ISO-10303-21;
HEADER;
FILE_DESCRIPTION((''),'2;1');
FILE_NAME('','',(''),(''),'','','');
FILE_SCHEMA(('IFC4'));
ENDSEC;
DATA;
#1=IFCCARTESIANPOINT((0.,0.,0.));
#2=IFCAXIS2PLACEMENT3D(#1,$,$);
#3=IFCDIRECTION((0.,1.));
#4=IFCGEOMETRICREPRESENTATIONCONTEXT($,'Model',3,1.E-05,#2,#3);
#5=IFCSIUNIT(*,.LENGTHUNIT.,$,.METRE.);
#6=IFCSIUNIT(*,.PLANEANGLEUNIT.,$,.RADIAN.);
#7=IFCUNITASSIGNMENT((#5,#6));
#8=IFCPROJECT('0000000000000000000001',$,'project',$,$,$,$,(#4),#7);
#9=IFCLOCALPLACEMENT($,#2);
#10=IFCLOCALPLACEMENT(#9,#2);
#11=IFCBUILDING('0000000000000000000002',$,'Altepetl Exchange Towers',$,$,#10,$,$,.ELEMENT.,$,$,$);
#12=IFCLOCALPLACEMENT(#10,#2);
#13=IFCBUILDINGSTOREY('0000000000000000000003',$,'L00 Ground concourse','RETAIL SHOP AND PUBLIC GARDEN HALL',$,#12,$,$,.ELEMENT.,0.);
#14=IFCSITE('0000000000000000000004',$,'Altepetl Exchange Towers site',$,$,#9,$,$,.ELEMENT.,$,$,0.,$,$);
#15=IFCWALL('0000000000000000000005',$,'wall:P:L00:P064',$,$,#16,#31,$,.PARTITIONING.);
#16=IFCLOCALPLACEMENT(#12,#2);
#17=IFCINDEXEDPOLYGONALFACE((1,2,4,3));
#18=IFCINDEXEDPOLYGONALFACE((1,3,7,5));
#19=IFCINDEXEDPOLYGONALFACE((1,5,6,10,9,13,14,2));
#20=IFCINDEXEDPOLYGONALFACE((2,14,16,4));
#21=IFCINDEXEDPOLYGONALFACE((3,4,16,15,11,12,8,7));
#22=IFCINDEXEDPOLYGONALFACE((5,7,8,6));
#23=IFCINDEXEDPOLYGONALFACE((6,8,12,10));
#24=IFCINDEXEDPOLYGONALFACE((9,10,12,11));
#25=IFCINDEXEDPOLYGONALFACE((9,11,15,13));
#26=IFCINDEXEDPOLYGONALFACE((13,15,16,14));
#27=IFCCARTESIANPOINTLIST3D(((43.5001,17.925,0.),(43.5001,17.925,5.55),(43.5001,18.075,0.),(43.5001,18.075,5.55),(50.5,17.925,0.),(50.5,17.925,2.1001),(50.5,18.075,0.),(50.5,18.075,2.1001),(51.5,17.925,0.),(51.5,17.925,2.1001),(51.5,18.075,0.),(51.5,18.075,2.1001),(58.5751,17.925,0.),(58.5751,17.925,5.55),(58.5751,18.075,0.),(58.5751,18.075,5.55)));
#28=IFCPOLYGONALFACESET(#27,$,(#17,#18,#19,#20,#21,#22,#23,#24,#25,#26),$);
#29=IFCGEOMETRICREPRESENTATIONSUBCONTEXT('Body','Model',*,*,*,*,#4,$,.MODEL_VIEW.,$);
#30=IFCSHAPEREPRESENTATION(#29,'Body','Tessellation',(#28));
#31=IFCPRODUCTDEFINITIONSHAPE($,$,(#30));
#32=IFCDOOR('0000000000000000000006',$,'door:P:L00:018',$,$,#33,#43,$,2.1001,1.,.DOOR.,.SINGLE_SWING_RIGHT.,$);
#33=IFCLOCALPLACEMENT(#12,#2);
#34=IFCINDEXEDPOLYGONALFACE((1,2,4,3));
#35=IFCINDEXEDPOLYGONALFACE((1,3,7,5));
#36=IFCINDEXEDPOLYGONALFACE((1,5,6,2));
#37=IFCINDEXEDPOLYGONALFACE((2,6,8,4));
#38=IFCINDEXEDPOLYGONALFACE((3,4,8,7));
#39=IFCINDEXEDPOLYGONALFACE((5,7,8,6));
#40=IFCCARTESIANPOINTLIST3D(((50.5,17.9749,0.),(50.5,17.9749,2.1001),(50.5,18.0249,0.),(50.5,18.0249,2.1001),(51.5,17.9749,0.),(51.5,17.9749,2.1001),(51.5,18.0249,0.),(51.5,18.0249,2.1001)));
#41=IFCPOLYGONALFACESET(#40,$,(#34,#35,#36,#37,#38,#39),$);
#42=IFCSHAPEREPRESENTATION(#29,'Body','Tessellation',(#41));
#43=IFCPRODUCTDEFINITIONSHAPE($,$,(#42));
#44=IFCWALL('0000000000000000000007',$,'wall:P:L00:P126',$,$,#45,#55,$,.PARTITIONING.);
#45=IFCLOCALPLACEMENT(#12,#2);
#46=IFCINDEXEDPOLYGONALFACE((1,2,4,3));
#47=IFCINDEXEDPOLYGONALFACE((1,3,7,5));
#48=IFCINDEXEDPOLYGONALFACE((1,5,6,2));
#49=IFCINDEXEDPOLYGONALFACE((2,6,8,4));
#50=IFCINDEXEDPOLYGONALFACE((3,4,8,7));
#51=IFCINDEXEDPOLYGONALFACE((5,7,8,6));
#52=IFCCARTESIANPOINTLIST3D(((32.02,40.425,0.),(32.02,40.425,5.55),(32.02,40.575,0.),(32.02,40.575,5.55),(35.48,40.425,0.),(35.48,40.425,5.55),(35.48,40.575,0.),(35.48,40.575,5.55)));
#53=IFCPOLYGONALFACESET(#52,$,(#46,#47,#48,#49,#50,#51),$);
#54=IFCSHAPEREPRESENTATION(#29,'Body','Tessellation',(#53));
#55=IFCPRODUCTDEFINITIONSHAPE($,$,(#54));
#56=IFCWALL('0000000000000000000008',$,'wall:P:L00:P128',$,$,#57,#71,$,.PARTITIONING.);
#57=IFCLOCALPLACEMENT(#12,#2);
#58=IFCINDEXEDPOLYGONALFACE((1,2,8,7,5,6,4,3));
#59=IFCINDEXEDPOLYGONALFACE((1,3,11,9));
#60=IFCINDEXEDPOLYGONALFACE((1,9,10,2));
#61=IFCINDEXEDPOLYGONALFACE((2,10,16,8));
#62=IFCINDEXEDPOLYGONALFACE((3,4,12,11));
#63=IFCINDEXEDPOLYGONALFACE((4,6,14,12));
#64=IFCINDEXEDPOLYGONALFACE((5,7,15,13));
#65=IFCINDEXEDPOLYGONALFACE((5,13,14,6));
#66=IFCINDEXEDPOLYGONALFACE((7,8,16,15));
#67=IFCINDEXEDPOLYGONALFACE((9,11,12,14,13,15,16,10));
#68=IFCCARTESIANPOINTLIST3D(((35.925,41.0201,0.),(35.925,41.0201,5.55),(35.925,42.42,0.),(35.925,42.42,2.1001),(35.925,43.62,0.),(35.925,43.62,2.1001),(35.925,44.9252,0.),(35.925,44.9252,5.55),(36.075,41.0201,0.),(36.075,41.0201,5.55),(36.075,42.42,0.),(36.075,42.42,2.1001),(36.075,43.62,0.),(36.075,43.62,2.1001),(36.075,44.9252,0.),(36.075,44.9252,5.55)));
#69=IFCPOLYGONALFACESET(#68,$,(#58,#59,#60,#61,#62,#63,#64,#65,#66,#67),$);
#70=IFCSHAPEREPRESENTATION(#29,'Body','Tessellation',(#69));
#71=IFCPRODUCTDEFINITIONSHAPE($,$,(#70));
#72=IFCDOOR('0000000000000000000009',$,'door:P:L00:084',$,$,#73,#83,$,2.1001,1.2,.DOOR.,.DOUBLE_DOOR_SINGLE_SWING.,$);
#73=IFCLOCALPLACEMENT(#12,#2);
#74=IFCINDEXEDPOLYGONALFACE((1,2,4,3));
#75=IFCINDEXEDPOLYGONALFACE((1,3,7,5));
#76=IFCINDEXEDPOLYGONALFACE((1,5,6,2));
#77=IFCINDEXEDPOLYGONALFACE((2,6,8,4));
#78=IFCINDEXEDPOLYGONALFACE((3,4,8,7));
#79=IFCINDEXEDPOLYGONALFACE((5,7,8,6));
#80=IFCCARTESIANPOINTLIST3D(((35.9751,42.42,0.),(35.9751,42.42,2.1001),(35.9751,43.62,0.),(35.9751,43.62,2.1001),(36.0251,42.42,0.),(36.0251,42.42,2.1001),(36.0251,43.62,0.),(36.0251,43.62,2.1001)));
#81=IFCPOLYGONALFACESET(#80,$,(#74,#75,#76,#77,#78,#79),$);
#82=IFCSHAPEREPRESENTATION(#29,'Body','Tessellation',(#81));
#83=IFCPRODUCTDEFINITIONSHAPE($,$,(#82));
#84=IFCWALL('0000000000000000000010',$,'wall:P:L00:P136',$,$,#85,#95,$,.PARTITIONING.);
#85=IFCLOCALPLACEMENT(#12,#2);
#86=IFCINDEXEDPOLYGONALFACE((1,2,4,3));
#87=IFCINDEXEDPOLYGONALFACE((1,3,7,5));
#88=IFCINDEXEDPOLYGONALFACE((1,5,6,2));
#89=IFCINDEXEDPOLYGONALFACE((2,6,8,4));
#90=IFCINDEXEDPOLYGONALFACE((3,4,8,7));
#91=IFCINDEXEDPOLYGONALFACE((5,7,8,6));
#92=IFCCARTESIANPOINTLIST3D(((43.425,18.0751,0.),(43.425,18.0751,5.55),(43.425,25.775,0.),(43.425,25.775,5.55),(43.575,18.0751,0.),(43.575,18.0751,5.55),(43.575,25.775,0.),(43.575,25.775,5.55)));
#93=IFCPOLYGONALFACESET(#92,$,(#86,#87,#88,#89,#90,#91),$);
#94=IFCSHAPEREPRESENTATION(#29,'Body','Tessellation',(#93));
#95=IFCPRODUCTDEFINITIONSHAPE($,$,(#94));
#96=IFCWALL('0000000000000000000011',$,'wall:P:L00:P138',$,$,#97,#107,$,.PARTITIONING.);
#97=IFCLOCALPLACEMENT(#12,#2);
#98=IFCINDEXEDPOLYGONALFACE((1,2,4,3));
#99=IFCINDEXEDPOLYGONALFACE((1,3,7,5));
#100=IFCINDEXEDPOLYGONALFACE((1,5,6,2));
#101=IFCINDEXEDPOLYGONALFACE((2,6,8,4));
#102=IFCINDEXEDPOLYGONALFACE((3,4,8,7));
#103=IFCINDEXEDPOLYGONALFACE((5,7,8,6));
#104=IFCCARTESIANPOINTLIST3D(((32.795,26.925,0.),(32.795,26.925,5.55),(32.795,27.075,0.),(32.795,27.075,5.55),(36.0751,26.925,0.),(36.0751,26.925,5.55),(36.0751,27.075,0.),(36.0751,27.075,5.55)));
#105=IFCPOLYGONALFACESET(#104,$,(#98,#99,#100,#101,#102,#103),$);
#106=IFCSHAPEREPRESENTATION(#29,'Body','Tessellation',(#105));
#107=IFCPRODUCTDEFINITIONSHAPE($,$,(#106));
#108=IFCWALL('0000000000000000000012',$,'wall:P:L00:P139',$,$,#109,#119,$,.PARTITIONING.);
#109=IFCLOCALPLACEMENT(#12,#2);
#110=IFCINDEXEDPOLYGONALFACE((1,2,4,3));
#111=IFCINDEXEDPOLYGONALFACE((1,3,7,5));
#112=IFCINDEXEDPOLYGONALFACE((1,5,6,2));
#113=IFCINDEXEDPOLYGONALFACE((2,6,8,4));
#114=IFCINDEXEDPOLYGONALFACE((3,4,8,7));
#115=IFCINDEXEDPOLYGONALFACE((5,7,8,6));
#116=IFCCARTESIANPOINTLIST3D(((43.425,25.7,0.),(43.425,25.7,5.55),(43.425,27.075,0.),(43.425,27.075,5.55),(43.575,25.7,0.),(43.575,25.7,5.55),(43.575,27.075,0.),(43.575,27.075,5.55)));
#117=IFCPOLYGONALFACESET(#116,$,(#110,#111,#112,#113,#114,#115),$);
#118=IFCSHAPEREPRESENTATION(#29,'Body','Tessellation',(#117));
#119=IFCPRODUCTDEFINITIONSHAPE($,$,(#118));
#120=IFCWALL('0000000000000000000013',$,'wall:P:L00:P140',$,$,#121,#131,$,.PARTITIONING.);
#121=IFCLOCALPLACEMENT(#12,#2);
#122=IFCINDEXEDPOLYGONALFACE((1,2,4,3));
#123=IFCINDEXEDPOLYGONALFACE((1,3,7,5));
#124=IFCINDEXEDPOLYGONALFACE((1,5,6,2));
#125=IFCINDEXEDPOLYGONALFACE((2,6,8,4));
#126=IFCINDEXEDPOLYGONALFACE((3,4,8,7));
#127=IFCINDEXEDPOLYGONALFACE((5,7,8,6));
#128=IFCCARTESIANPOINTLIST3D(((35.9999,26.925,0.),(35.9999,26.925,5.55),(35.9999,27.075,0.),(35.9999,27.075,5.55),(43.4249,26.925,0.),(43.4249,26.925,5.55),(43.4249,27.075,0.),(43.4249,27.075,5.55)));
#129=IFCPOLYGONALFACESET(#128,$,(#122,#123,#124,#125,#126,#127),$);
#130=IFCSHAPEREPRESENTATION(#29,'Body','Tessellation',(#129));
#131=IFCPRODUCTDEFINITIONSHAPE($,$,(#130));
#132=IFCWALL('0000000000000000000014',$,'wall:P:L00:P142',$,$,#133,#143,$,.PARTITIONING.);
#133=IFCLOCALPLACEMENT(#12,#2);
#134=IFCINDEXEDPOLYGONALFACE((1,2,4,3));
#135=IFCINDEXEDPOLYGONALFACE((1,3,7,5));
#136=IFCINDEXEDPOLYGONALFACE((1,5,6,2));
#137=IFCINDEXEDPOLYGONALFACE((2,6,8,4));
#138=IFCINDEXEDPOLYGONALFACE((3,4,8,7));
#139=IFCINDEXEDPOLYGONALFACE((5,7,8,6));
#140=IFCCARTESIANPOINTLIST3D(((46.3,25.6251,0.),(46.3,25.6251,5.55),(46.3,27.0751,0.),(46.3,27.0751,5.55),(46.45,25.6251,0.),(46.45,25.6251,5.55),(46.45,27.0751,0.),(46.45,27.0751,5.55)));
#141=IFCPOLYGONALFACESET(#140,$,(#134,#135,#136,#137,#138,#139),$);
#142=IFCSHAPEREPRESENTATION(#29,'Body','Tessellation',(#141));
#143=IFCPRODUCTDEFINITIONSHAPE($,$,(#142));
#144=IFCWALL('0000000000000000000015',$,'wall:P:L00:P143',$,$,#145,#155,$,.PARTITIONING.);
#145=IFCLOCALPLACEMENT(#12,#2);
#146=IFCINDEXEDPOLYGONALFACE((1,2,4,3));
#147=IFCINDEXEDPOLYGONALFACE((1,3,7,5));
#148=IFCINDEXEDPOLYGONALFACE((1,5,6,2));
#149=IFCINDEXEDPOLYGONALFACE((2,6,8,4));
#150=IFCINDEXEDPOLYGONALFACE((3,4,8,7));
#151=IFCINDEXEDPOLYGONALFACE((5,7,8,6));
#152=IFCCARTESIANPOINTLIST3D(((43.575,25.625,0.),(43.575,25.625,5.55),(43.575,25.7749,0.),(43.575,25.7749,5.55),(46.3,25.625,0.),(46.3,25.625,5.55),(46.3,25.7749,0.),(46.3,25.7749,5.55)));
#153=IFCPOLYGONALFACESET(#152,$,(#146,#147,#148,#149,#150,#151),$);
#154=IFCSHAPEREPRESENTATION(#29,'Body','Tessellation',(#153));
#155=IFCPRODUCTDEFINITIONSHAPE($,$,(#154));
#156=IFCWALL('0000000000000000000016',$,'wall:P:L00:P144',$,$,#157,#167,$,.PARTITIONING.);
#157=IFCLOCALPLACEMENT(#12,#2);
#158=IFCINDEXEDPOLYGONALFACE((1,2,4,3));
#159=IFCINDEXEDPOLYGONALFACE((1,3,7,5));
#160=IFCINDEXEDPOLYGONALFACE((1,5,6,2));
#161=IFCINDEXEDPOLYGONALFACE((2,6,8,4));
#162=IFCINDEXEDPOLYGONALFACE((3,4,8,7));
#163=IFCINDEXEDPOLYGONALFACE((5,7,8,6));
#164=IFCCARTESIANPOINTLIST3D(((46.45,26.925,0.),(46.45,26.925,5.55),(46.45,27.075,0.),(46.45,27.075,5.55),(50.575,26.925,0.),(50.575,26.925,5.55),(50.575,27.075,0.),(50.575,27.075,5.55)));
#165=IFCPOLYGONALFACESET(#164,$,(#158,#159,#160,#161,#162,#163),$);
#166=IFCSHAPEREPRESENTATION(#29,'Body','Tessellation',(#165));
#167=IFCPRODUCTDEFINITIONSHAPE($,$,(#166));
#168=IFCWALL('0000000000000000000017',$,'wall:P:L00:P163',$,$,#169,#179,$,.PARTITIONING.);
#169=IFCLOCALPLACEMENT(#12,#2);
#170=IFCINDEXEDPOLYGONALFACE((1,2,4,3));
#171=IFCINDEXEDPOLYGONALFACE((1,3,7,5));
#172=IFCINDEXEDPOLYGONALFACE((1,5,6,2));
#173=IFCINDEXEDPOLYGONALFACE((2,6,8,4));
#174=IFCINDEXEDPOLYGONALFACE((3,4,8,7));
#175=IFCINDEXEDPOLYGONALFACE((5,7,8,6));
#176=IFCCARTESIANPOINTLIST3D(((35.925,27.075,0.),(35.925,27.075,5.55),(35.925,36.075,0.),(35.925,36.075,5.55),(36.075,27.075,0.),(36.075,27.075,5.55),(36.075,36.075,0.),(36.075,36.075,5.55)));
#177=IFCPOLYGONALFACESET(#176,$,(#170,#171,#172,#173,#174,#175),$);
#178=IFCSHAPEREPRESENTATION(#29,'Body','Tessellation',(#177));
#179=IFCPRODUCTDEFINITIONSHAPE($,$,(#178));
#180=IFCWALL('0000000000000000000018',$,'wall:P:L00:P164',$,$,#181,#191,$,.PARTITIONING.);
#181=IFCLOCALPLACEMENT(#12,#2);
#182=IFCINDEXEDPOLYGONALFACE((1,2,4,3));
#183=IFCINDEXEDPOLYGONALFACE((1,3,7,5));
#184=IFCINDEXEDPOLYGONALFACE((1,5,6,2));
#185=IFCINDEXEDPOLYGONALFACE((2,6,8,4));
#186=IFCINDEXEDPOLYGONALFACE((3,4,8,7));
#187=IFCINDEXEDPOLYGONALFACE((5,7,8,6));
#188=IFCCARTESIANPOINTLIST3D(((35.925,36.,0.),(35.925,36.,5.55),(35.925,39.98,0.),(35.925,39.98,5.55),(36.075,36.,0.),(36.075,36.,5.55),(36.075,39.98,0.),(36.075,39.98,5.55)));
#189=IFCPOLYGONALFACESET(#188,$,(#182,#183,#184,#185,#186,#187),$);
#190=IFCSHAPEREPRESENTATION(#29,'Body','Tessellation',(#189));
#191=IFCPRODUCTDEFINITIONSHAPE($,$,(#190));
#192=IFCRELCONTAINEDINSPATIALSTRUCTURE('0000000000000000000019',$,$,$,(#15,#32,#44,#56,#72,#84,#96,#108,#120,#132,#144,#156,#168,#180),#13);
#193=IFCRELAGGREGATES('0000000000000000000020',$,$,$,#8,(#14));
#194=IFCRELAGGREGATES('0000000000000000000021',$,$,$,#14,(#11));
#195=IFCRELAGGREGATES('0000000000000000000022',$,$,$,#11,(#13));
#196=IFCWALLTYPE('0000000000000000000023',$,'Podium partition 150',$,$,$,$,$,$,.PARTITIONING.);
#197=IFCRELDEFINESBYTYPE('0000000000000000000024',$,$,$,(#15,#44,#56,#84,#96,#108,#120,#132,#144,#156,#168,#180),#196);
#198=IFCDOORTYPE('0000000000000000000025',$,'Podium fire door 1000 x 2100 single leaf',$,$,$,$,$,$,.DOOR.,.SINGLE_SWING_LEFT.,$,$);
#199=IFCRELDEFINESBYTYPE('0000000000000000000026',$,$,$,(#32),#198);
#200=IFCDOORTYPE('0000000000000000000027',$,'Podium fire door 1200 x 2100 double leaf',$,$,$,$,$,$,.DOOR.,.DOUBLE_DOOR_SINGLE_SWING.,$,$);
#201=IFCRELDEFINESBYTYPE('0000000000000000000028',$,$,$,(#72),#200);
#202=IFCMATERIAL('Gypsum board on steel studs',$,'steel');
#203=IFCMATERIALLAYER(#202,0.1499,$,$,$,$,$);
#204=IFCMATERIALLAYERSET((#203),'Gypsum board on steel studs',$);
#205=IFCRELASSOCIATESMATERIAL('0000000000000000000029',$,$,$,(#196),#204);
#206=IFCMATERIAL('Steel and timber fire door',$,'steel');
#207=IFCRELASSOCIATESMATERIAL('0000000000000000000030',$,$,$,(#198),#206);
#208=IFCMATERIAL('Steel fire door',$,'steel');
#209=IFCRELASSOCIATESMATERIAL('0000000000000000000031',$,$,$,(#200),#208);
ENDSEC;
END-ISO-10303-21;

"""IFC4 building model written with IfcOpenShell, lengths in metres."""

from ifc_helpers import new_model, si_unit, direction, frame, frame_2d, origin, place, context, subcontext, project, spatial, rectangle, extrude, material, layer, layer_set, type_object, element, fill, save


model = new_model("IFC4")

# Units and contexts
model_context = context("Model", 3, precision=1e-05, world=origin(), true_north=direction((0.0, 1.0)))
body_context = subcontext(model_context, "Body", "Model", "MODEL_VIEW")
ifc_project = project(units=[si_unit("LENGTHUNIT", "METRE"), si_unit("PLANEANGLEUNIT", "RADIAN")], contexts=[model_context])

# Site, building, storey
site_placement = place(None, origin())
site = spatial("IfcSite", under=ifc_project, at=site_placement, Name="Altepetl Exchange Towers site", CompositionType="ELEMENT", RefElevation=0.0)
building_placement = place(site_placement, origin())
building = spatial("IfcBuilding", under=site, at=building_placement, Name="Altepetl Exchange Towers", CompositionType="ELEMENT")
storey_placement = place(building_placement, origin())
storey = spatial("IfcBuildingStorey", under=building, at=storey_placement, Name="L00 Ground concourse", Description="RETAIL SHOP AND PUBLIC GARDEN HALL", CompositionType="ELEMENT", Elevation=0.0)

# Shared definitions
ifc_material_1 = material(Name="Steel and timber fire door", Category="steel")

# Wall, opening, door
ifc_material_2 = material(Name="Gypsum board on steel studs", Category="steel")
ifc_layer_1 = layer(ifc_material_2, 0.1499)
ifc_layer_set_1 = layer_set([ifc_layer_1], Name="Gypsum board on steel studs")
wall_type_1 = type_object("IfcWallType", Name="Podium partition 150", PredefinedType="PARTITIONING", material=ifc_layer_set_1)
wall_1_placement = place(storey_placement, frame((43.5, 18.0, 0.0)))
wall_1 = element("IfcWall", 1, at=wall_1_placement, inside=storey, type_object=wall_type_1, Name="wall:P:L00:P064", PredefinedType="PARTITIONING", context=body_context, shape_type="SweptSolid", body=[
    extrude(rectangle(XDim=15.075, YDim=0.1499, at=frame_2d((7.5376, 0.0))), origin(), (0.0, 0.0, 1.0), 5.55),
])
opening_1_placement = place(wall_1_placement, frame((7.0, 0.0, 0.0)))
opening_1 = element("IfcOpeningElement", 2, at=opening_1_placement, cuts=wall_1, PredefinedType="OPENING", context=body_context, shape_type="SweptSolid", body=[
    extrude(rectangle(XDim=1.0, YDim=2.1001, at=frame_2d((0.5, 1.05))), frame((0.0, 0.085, 0.0), z_axis=(0.0, -1.0, 0.0), x_axis=(1.0, 0.0, 0.0)), (0.0, 0.0, 1.0), 0.1699),
])
door_type_1 = type_object("IfcDoorType", Name="Podium fire door 1000 x 2100 single leaf", OperationType="SINGLE_SWING_LEFT", PredefinedType="DOOR", material=ifc_material_1)
door_1_placement = place(opening_1_placement, origin())
door_1 = element("IfcDoor", 3, at=door_1_placement, inside=storey, type_object=door_type_1, Name="door:P:L00:018", OperationType="SINGLE_SWING_RIGHT", OverallHeight=2.1001, OverallWidth=1.0, PredefinedType="DOOR", context=body_context, shape_type="SweptSolid", body=[
    extrude(rectangle(XDim=1.0, YDim=2.1001, at=frame_2d((0.5, 1.05))), frame((0.0, 0.0249, 0.0), z_axis=(0.0, -1.0, 0.0), x_axis=(1.0, 0.0, 0.0)), (0.0, 0.0, 1.0), 0.05),
])
fill(opening_1, door_1)

# Wall
wall_2_placement = place(storey_placement, frame((32.02, 40.5, 0.0)))
element("IfcWall", 4, at=wall_2_placement, inside=storey, type_object=wall_type_1, Name="wall:P:L00:P126", PredefinedType="PARTITIONING", context=body_context, shape_type="SweptSolid", body=[
    extrude(rectangle(XDim=3.46, YDim=0.1499, at=frame_2d((1.73, 0.0))), origin(), (0.0, 0.0, 1.0), 5.55),
])

# Wall, opening, door
wall_3_placement = place(storey_placement, frame((36.0, 41.02, 0.0), z_axis=(0.0, 0.0, 1.0), x_axis=(0.0, 1.0, 0.0)))
wall_3 = element("IfcWall", 5, at=wall_3_placement, inside=storey, type_object=wall_type_1, Name="wall:P:L00:P128", PredefinedType="PARTITIONING", context=body_context, shape_type="SweptSolid", body=[
    extrude(rectangle(XDim=3.905, YDim=0.1499, at=frame_2d((1.9526, 0.0))), origin(), (0.0, 0.0, 1.0), 5.55),
])
opening_2_placement = place(wall_3_placement, frame((1.3999, 0.0, 0.0)))
opening_2 = element("IfcOpeningElement", 6, at=opening_2_placement, cuts=wall_3, PredefinedType="OPENING", context=body_context, shape_type="SweptSolid", body=[
    extrude(rectangle(XDim=1.2, YDim=2.1001, at=frame_2d((0.6001, 1.05))), frame((0.0, 0.085, 0.0), z_axis=(0.0, -1.0, 0.0), x_axis=(1.0, 0.0, 0.0)), (0.0, 0.0, 1.0), 0.1699),
])
ifc_material_3 = material(Name="Steel fire door", Category="steel")
door_type_2 = type_object("IfcDoorType", Name="Podium fire door 1200 x 2100 double leaf", OperationType="DOUBLE_DOOR_SINGLE_SWING", PredefinedType="DOOR", material=ifc_material_3)
door_2_placement = place(opening_2_placement, origin())
door_2 = element("IfcDoor", 7, at=door_2_placement, inside=storey, type_object=door_type_2, Name="door:P:L00:084", OperationType="DOUBLE_DOOR_SINGLE_SWING", OverallHeight=2.1001, OverallWidth=1.2, PredefinedType="DOOR", context=body_context, shape_type="SweptSolid", body=[
    extrude(rectangle(XDim=1.2, YDim=2.1001, at=frame_2d((0.6001, 1.05))), frame((0.0, 0.0249, 0.0), z_axis=(0.0, -1.0, 0.0), x_axis=(1.0, 0.0, 0.0)), (0.0, 0.0, 1.0), 0.05),
])
fill(opening_2, door_2)

# Walls
wall_4_placement = place(storey_placement, frame((43.5, 18.075, 0.0), z_axis=(0.0, 0.0, 1.0), x_axis=(0.0, 1.0, 0.0)))
element("IfcWall", 8, at=wall_4_placement, inside=storey, type_object=wall_type_1, Name="wall:P:L00:P136", PredefinedType="PARTITIONING", context=body_context, shape_type="SweptSolid", body=[
    extrude(rectangle(XDim=7.7, YDim=0.1499, at=frame_2d((3.8501, 0.0))), origin(), (0.0, 0.0, 1.0), 5.55),
])
wall_5_placement = place(storey_placement, frame((32.7949, 27.0, 0.0)))
element("IfcWall", 9, at=wall_5_placement, inside=storey, type_object=wall_type_1, Name="wall:P:L00:P138", PredefinedType="PARTITIONING", context=body_context, shape_type="SweptSolid", body=[
    extrude(rectangle(XDim=3.28, YDim=0.1499, at=frame_2d((1.6401, 0.0))), origin(), (0.0, 0.0, 1.0), 5.55),
])
wall_6_placement = place(storey_placement, frame((43.5, 25.7, 0.0), z_axis=(0.0, 0.0, 1.0), x_axis=(0.0, 1.0, 0.0)))
element("IfcWall", 10, at=wall_6_placement, inside=storey, type_object=wall_type_1, Name="wall:P:L00:P139", PredefinedType="PARTITIONING", context=body_context, shape_type="SweptSolid", body=[
    extrude(rectangle(XDim=1.375, YDim=0.1499, at=frame_2d((0.6875, 0.0))), origin(), (0.0, 0.0, 1.0), 5.55),
])
wall_7_placement = place(storey_placement, frame((36.0, 27.0, 0.0)))
element("IfcWall", 11, at=wall_7_placement, inside=storey, type_object=wall_type_1, Name="wall:P:L00:P140", PredefinedType="PARTITIONING", context=body_context, shape_type="SweptSolid", body=[
    extrude(rectangle(XDim=7.425, YDim=0.1499, at=frame_2d((3.7124, 0.0))), origin(), (0.0, 0.0, 1.0), 5.55),
])
wall_8_placement = place(storey_placement, frame((46.375, 25.625, 0.0), z_axis=(0.0, 0.0, 1.0), x_axis=(0.0, 1.0, 0.0)))
element("IfcWall", 12, at=wall_8_placement, inside=storey, type_object=wall_type_1, Name="wall:P:L00:P142", PredefinedType="PARTITIONING", context=body_context, shape_type="SweptSolid", body=[
    extrude(rectangle(XDim=1.45, YDim=0.1499, at=frame_2d((0.7251, 0.0))), origin(), (0.0, 0.0, 1.0), 5.55),
])
wall_9_placement = place(storey_placement, frame((43.575, 25.7, 0.0)))
element("IfcWall", 13, at=wall_9_placement, inside=storey, type_object=wall_type_1, Name="wall:P:L00:P143", PredefinedType="PARTITIONING", context=body_context, shape_type="SweptSolid", body=[
    extrude(rectangle(XDim=2.7251, YDim=0.1499, at=frame_2d((1.3625, 0.0))), origin(), (0.0, 0.0, 1.0), 5.55),
])
wall_10_placement = place(storey_placement, frame((46.45, 27.0, 0.0)))
element("IfcWall", 14, at=wall_10_placement, inside=storey, type_object=wall_type_1, Name="wall:P:L00:P144", PredefinedType="PARTITIONING", context=body_context, shape_type="SweptSolid", body=[
    extrude(rectangle(XDim=4.125, YDim=0.1499, at=frame_2d((2.0625, 0.0))), origin(), (0.0, 0.0, 1.0), 5.55),
])
wall_11_placement = place(storey_placement, frame((36.0, 27.075, 0.0), z_axis=(0.0, 0.0, 1.0), x_axis=(0.0, 1.0, 0.0)))
element("IfcWall", 15, at=wall_11_placement, inside=storey, type_object=wall_type_1, Name="wall:P:L00:P163", PredefinedType="PARTITIONING", context=body_context, shape_type="SweptSolid", body=[
    extrude(rectangle(XDim=9.0, YDim=0.1499, at=frame_2d((4.5, 0.0))), origin(), (0.0, 0.0, 1.0), 5.55),
])
wall_12_placement = place(storey_placement, frame((36.0, 36.0, 0.0), z_axis=(0.0, 0.0, 1.0), x_axis=(0.0, 1.0, 0.0)))
element("IfcWall", 16, at=wall_12_placement, inside=storey, type_object=wall_type_1, Name="wall:P:L00:P164", PredefinedType="PARTITIONING", context=body_context, shape_type="SweptSolid", body=[
    extrude(rectangle(XDim=3.98, YDim=0.1499, at=frame_2d((1.99, 0.0))), origin(), (0.0, 0.0, 1.0), 5.55),
])

save(model, "model.ifc")
